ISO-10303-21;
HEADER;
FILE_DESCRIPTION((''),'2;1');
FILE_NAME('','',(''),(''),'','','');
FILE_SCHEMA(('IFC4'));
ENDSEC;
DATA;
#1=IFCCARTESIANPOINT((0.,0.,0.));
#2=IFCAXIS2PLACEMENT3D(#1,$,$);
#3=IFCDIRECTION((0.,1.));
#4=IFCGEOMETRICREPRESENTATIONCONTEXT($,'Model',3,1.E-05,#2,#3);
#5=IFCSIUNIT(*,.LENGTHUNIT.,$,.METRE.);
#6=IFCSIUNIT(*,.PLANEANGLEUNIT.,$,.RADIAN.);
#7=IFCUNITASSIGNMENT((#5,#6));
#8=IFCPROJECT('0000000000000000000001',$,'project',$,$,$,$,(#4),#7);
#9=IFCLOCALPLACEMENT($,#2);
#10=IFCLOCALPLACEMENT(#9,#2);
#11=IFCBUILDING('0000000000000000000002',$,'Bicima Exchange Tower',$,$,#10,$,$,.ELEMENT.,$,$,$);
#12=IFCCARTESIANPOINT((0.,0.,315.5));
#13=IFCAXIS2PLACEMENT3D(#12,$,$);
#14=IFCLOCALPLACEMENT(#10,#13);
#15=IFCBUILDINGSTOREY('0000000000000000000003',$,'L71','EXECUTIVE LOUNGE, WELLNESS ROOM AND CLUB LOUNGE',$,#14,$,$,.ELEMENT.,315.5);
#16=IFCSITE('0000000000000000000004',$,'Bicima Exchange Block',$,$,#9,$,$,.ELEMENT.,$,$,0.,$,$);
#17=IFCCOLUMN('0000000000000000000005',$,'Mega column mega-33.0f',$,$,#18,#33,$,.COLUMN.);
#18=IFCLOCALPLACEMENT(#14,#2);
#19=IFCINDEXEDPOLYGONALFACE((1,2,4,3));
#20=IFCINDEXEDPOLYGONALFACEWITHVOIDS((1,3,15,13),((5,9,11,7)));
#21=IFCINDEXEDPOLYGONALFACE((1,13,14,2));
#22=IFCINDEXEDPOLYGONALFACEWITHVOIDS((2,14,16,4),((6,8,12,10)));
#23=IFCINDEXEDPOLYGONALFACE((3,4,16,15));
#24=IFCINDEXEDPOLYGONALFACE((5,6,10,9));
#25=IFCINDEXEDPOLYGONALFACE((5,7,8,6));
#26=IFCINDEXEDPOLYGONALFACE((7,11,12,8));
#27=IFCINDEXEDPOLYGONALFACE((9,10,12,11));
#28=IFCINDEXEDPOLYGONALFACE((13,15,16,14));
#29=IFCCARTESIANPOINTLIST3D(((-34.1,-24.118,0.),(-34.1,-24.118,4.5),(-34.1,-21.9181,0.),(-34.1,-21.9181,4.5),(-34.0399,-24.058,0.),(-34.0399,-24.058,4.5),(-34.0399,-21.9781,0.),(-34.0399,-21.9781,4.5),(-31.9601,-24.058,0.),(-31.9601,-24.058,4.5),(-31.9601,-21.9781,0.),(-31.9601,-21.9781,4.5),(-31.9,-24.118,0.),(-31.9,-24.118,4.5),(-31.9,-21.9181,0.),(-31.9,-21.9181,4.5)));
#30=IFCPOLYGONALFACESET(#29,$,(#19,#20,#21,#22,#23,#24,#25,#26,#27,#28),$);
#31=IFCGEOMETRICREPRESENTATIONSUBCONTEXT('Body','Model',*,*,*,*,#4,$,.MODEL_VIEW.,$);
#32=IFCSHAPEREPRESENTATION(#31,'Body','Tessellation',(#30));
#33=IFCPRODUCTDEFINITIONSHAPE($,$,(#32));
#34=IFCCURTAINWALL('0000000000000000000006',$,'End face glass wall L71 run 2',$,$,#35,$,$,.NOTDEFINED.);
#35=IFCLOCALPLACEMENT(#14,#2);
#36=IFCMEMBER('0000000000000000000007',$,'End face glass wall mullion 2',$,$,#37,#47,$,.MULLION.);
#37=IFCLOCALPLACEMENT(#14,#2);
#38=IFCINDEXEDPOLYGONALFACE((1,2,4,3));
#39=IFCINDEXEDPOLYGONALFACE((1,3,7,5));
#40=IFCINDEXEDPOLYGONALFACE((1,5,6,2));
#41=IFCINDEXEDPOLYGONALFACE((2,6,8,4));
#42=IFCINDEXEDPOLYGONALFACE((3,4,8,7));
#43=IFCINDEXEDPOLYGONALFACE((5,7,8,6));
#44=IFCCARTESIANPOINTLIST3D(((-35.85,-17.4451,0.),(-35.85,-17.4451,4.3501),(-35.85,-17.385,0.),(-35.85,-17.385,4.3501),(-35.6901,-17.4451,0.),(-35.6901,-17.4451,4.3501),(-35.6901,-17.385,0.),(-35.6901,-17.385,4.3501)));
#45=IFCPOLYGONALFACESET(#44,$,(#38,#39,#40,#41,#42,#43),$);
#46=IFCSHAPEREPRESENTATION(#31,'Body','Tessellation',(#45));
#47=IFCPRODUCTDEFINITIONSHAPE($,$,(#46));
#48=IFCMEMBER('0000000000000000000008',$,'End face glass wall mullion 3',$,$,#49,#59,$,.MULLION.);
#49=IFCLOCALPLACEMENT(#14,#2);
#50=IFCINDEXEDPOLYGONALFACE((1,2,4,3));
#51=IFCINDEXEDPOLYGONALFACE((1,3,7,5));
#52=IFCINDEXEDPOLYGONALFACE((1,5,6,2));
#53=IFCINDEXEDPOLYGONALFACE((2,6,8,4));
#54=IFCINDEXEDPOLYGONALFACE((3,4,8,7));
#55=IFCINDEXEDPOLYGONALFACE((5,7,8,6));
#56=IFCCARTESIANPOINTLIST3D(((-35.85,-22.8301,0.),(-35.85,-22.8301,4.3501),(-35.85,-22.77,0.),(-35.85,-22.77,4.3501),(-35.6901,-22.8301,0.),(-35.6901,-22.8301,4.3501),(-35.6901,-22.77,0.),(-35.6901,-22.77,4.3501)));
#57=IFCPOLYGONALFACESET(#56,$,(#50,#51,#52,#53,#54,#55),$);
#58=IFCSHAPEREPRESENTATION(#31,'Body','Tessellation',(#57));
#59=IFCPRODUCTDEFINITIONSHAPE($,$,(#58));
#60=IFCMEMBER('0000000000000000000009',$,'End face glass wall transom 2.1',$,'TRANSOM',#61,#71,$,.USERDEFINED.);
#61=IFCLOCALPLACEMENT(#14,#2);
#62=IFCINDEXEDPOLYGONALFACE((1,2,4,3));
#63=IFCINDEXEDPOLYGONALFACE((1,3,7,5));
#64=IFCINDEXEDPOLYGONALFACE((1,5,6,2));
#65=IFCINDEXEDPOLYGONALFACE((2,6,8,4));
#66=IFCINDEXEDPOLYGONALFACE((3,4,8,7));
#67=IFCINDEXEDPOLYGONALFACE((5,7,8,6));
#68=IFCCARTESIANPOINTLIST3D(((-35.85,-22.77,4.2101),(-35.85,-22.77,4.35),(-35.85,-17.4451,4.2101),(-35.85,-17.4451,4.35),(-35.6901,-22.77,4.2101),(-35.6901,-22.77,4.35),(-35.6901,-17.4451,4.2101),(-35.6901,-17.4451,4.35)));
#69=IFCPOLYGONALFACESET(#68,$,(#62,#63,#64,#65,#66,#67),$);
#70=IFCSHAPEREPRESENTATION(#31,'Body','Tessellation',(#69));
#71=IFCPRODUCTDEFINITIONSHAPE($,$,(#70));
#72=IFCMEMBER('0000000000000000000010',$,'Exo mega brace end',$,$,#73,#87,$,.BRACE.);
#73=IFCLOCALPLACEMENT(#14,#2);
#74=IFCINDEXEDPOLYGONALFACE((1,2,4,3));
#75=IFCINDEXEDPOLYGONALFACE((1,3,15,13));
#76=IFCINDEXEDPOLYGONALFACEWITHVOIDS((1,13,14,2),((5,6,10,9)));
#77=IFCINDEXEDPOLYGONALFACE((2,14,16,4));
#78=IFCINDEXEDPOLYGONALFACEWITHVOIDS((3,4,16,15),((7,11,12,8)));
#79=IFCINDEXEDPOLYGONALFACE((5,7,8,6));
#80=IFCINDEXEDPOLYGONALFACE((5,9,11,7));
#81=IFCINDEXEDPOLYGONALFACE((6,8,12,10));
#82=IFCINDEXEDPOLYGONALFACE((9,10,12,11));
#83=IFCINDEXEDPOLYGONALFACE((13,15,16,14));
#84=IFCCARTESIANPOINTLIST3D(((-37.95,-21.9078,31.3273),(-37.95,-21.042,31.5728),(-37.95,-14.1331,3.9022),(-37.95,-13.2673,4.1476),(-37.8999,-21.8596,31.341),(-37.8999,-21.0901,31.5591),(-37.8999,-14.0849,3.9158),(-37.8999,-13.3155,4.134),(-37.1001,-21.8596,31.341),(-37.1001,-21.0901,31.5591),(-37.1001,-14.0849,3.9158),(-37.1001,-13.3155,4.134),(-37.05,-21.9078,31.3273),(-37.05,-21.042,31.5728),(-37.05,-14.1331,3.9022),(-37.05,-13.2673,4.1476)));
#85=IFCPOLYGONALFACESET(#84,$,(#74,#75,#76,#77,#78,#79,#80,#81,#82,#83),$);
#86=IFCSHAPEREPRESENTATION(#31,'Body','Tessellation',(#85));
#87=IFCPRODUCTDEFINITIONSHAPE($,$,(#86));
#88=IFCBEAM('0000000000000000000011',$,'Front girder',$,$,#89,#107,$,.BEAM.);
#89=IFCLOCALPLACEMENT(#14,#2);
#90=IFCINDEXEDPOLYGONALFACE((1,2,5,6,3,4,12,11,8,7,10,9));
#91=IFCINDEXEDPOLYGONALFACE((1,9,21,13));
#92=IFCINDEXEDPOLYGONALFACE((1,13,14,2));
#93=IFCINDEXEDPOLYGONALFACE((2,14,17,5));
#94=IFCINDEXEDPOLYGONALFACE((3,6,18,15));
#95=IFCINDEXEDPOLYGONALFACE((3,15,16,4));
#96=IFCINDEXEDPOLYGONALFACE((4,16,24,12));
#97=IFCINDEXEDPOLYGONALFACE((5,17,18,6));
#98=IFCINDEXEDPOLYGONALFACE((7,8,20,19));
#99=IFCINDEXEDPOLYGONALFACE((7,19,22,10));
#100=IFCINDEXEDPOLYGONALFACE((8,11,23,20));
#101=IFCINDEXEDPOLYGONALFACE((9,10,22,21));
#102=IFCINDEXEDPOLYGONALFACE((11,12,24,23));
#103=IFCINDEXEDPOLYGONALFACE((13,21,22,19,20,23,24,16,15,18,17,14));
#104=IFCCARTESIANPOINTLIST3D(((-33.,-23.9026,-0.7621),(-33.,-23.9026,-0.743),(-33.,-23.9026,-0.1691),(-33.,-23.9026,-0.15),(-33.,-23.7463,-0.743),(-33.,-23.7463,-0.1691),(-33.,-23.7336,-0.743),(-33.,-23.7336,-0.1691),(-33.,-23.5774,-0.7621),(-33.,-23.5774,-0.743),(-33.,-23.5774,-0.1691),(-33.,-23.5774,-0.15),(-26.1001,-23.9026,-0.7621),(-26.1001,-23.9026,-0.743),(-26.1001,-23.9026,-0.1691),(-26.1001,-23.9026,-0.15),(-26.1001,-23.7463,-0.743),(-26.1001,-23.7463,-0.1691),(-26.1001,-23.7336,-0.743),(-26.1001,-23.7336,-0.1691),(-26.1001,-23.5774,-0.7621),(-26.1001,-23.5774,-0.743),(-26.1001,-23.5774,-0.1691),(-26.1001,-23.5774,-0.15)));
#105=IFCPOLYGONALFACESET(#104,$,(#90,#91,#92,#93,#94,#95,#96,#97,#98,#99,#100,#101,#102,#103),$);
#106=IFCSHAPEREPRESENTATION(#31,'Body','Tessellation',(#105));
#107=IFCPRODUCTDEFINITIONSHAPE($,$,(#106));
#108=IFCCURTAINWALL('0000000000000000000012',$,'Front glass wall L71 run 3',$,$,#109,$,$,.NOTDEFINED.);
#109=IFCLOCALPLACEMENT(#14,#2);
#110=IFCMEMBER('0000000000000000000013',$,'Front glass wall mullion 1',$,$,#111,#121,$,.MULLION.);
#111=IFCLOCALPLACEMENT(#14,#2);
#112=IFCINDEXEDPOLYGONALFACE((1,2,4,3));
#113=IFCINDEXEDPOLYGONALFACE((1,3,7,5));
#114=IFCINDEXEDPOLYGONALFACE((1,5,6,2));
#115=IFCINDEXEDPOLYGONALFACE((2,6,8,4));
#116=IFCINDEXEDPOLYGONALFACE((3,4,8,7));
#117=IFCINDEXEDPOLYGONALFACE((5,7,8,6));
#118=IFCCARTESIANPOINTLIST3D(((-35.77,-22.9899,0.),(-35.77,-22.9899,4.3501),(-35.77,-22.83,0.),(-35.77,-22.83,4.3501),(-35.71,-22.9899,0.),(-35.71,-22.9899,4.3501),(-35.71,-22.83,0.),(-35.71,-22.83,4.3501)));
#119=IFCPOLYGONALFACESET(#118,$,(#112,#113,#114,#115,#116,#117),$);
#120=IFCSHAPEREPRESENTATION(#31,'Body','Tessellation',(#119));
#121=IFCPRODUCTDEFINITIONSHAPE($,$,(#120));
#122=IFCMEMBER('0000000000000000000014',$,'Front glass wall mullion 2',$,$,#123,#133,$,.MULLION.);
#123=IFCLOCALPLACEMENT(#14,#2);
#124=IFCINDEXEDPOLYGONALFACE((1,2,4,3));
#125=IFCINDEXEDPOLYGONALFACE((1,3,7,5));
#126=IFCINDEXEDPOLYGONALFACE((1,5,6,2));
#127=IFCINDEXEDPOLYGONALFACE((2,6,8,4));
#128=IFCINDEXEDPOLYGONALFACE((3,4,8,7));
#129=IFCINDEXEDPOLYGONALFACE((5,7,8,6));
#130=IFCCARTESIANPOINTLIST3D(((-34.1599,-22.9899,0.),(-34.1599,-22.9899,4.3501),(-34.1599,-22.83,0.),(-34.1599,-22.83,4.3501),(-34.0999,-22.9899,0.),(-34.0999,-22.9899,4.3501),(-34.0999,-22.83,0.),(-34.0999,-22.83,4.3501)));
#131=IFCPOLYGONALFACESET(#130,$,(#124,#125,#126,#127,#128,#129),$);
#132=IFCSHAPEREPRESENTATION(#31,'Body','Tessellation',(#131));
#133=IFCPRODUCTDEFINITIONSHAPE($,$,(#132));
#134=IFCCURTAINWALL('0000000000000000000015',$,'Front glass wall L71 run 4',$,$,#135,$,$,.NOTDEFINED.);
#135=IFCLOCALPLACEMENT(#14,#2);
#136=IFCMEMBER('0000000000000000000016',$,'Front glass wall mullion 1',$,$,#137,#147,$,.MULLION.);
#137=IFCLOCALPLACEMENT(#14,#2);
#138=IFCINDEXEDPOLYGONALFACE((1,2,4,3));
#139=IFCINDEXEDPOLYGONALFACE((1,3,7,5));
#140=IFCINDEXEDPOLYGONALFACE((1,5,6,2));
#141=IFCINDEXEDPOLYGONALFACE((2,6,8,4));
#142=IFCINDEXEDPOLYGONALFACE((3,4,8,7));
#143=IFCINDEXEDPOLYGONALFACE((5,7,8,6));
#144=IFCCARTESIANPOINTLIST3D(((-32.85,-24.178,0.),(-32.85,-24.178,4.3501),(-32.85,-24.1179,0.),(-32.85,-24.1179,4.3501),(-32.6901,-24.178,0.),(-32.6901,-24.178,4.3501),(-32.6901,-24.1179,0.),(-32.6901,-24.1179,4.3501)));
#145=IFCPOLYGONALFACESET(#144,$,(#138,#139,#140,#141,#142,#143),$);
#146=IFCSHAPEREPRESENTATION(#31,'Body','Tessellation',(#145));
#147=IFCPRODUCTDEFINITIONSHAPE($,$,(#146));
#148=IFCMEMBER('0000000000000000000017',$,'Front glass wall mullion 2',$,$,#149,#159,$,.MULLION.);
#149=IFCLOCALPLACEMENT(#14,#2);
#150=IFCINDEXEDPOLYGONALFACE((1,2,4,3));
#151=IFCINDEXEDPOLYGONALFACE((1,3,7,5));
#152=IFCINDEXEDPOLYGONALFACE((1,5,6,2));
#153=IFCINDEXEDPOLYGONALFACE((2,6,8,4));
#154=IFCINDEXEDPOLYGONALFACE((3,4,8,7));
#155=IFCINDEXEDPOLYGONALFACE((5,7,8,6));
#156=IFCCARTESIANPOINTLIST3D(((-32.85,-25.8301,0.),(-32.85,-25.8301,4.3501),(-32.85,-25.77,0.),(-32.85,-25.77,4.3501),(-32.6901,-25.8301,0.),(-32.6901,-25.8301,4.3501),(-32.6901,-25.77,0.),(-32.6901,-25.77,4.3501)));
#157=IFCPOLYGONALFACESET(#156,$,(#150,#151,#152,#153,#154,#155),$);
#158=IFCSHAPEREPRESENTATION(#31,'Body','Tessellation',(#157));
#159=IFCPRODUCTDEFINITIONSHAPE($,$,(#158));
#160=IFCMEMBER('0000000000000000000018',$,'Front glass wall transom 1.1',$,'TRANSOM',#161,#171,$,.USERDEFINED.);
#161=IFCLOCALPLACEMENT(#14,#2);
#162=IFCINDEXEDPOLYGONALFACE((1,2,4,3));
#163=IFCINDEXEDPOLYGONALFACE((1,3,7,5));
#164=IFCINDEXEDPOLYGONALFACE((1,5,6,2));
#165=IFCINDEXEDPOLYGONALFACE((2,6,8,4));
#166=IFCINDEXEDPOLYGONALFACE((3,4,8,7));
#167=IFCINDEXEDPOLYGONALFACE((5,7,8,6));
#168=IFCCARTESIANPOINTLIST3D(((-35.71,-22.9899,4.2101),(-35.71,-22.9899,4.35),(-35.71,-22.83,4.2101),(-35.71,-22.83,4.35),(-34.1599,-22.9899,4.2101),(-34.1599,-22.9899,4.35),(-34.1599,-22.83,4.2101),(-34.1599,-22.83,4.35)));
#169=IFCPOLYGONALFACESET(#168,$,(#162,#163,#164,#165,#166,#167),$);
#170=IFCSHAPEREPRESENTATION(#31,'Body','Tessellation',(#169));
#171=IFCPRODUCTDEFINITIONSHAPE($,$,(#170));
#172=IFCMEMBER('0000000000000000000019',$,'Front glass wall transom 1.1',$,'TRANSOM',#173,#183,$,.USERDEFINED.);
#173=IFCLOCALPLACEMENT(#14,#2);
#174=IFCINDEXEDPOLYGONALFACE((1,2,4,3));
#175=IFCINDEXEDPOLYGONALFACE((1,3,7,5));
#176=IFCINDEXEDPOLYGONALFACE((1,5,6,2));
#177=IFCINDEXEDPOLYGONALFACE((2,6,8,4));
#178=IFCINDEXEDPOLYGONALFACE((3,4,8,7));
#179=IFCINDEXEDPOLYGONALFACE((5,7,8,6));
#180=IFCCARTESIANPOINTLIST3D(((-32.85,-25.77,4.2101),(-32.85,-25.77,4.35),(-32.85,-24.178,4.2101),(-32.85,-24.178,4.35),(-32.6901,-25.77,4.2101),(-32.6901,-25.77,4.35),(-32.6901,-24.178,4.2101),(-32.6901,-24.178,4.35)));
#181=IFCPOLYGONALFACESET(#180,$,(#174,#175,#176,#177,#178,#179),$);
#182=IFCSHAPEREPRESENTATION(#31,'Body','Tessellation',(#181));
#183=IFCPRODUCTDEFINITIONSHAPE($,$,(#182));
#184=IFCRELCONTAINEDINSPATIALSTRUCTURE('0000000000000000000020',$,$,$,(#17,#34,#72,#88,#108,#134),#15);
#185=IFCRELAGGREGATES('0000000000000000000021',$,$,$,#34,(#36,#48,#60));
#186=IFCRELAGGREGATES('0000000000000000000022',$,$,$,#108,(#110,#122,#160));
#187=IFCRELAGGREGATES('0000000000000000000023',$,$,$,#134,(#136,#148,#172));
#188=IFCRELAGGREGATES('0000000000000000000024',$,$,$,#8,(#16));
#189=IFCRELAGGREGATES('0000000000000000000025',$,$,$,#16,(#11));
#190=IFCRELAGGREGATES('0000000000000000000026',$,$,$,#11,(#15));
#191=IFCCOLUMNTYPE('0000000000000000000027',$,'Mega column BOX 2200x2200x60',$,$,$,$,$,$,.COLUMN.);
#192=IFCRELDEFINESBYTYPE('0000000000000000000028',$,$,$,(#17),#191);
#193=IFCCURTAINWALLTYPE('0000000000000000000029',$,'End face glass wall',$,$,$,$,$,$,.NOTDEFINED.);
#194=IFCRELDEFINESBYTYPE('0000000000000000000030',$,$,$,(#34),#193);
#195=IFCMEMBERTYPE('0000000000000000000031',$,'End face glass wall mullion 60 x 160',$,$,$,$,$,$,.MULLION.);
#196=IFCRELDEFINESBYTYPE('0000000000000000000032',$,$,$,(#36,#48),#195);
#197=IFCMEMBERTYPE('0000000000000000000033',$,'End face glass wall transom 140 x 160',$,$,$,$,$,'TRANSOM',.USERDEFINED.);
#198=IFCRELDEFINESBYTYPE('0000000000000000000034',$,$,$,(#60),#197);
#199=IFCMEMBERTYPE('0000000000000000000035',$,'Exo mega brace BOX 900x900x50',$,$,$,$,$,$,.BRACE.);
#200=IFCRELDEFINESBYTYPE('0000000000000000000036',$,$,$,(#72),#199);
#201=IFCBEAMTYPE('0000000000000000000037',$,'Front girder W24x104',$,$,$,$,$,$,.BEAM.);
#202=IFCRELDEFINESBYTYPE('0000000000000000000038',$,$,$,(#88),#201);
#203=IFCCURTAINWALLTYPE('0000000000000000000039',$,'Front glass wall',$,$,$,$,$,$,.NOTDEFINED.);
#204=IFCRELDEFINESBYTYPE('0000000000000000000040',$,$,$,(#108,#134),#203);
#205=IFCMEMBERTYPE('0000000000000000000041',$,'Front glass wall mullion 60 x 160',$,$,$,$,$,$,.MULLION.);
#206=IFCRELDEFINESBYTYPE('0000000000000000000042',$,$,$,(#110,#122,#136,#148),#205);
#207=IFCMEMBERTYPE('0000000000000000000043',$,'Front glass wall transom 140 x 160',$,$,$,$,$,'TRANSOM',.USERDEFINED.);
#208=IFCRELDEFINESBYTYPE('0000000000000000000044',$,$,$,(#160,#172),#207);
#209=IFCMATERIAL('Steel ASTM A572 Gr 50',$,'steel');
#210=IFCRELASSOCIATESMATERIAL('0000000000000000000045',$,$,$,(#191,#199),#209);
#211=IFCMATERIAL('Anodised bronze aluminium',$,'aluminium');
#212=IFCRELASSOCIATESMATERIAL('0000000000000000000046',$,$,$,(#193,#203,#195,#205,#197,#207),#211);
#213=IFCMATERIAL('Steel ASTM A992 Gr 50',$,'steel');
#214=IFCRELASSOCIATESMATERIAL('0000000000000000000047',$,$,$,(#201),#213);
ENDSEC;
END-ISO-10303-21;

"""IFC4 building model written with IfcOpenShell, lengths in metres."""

from ifc_helpers import new_model, si_unit, direction, frame, origin, origin_2d, place, context, subcontext, project, spatial, rectangle, hollow_rectangle, i_section, extrude, material, material_profile, profile_set, type_object, element, aggregate, save


model = new_model("IFC4")

# Units and contexts
model_context = context("Model", 3, precision=1e-05, world=origin(), true_north=direction((0.0, 1.0)))
body_context = subcontext(model_context, "Body", "Model", "MODEL_VIEW")
ifc_project = project(units=[si_unit("LENGTHUNIT", "METRE"), si_unit("PLANEANGLEUNIT", "RADIAN")], contexts=[model_context])

# Site, building, storey
site_placement = place(None, origin())
site = spatial("IfcSite", under=ifc_project, at=site_placement, Name="Bicima Exchange Block", CompositionType="ELEMENT", RefElevation=0.0)
building_placement = place(site_placement, origin())
building = spatial("IfcBuilding", under=site, at=building_placement, Name="Bicima Exchange Tower", CompositionType="ELEMENT")
storey_placement = place(building_placement, frame((0.0, 0.0, 315.5)))
storey = spatial("IfcBuildingStorey", under=building, at=storey_placement, Name="L71", Description="EXECUTIVE LOUNGE, WELLNESS ROOM AND CLUB LOUNGE", CompositionType="ELEMENT", Elevation=315.5)

# Column
ifc_material_1 = material(Name="Steel ASTM A572 Gr 50", Category="steel")
ifc_material_profile_1 = material_profile(ifc_material_1, hollow_rectangle(XDim=2.2, YDim=2.2, WallThickness=0.0601, at=origin_2d()))
ifc_profile_set_1 = profile_set([ifc_material_profile_1], Name="Steel ASTM A572 Gr 50")
column_type = type_object("IfcColumnType", Name="Mega column BOX 2200x2200x60", PredefinedType="COLUMN", material=ifc_profile_set_1)
column_placement = place(storey_placement, frame((-33.0, -23.0181, 0.0), z_axis=(0.0, 0.0, 1.0), x_axis=(1.0, 0.0, 0.0)))
element("IfcColumn", 1, at=column_placement, inside=storey, type_object=column_type, Name="Mega column mega-33.0f", PredefinedType="COLUMN", context=body_context, shape_type="SweptSolid", body=[
    extrude(hollow_rectangle(XDim=2.2, YDim=2.2, WallThickness=0.0601, at=origin_2d()), origin(), (0.0, 0.0, 1.0), 4.5),
])

# Curtain wall, members
ifc_material_2 = material(Name="Anodised bronze aluminium", Category="aluminium")
curtain_wall_type_1 = type_object("IfcCurtainWallType", Name="End face glass wall", PredefinedType="NOTDEFINED", material=ifc_material_2)
curtain_wall_1_placement = place(storey_placement, origin())
curtain_wall_1 = element("IfcCurtainWall", 2, at=curtain_wall_1_placement, inside=storey, type_object=curtain_wall_type_1, Name="End face glass wall L71 run 2", PredefinedType="NOTDEFINED")
ifc_material_profile_2 = material_profile(ifc_material_2, rectangle(XDim=0.1599, YDim=0.0601, at=origin_2d()))
ifc_profile_set_2 = profile_set([ifc_material_profile_2], Name="Anodised bronze aluminium")
member_type_1 = type_object("IfcMemberType", Name="End face glass wall mullion 60 x 160", PredefinedType="MULLION", material=ifc_profile_set_2)
member_1_placement = place(storey_placement, frame((-35.77, -17.415, 0.0), z_axis=(0.0, 0.0, 1.0), x_axis=(1.0, 0.0, 0.0)))
member_1 = element("IfcMember", 3, at=member_1_placement, type_object=member_type_1, Name="End face glass wall mullion 2", PredefinedType="MULLION", context=body_context, shape_type="SweptSolid", body=[
    extrude(rectangle(XDim=0.1599, YDim=0.0601, at=origin_2d()), origin(), (0.0, 0.0, 1.0), 4.3501),
])
member_2_placement = place(storey_placement, frame((-35.77, -22.8, 0.0), z_axis=(0.0, 0.0, 1.0), x_axis=(1.0, 0.0, 0.0)))
member_2 = element("IfcMember", 4, at=member_2_placement, type_object=member_type_1, Name="End face glass wall mullion 3", PredefinedType="MULLION", context=body_context, shape_type="SweptSolid", body=[
    extrude(rectangle(XDim=0.1599, YDim=0.0601, at=origin_2d()), origin(), (0.0, 0.0, 1.0), 4.3501),
])
ifc_material_profile_3 = material_profile(ifc_material_2, rectangle(XDim=0.1599, YDim=0.1399, at=origin_2d()))
ifc_profile_set_3 = profile_set([ifc_material_profile_3], Name="Anodised bronze aluminium")
member_type_2 = type_object("IfcMemberType", Name="End face glass wall transom 140 x 160", ElementType="TRANSOM", PredefinedType="USERDEFINED", material=ifc_profile_set_3)
member_3_placement = place(storey_placement, frame((-35.77, -17.4451, 4.28), z_axis=(0.0, -1.0, 0.0), x_axis=(1.0, 0.0, 0.0)))
member_3 = element("IfcMember", 5, at=member_3_placement, type_object=member_type_2, Name="End face glass wall transom 2.1", ObjectType="TRANSOM", PredefinedType="USERDEFINED", context=body_context, shape_type="SweptSolid", body=[
    extrude(rectangle(XDim=0.1599, YDim=0.1399, at=origin_2d()), origin(), (0.0, 0.0, 1.0), 5.325),
])

# Member
ifc_material_profile_4 = material_profile(ifc_material_1, hollow_rectangle(XDim=0.8999, YDim=0.8999, WallThickness=0.05, at=origin_2d()))
ifc_profile_set_4 = profile_set([ifc_material_profile_4], Name="Steel ASTM A572 Gr 50")
member_type_3 = type_object("IfcMemberType", Name="Exo mega brace BOX 900x900x50", PredefinedType="BRACE", material=ifc_profile_set_4)
member_4_placement = place(storey_placement, frame((-37.5, -13.7002, 4.0249), z_axis=(0.0, -0.27274, 0.962088), x_axis=(1.0, 0.0, 0.0)))
element("IfcMember", 6, at=member_4_placement, inside=storey, type_object=member_type_3, Name="Exo mega brace end", PredefinedType="BRACE", context=body_context, shape_type="SweptSolid", body=[
    extrude(hollow_rectangle(XDim=0.8999, YDim=0.8999, WallThickness=0.05, at=origin_2d()), origin(), (0.0, 0.0, 1.0), 28.5059),
])

# Beam
ifc_material_3 = material(Name="Steel ASTM A992 Gr 50", Category="steel")
ifc_material_profile_5 = material_profile(ifc_material_3, i_section(OverallWidth=0.3252, OverallDepth=0.6121, WebThickness=0.0127, FlangeThickness=0.019, at=origin_2d()))
ifc_profile_set_5 = profile_set([ifc_material_profile_5], Name="Steel ASTM A992 Gr 50")
beam_type = type_object("IfcBeamType", Name="Front girder W24x104", PredefinedType="BEAM", material=ifc_profile_set_5)
beam_placement = place(storey_placement, frame((-33.0, -23.74, -0.4561), z_axis=(1.0, 0.0, 0.0), x_axis=(0.0, 1.0, 0.0)))
element("IfcBeam", 7, at=beam_placement, inside=storey, type_object=beam_type, Name="Front girder", PredefinedType="BEAM", context=body_context, shape_type="SweptSolid", body=[
    extrude(i_section(OverallWidth=0.3252, OverallDepth=0.6121, WebThickness=0.0127, FlangeThickness=0.019, at=origin_2d()), origin(), (0.0, 0.0, 1.0), 6.8999),
])

# Curtain walls, members
curtain_wall_type_2 = type_object("IfcCurtainWallType", Name="Front glass wall", PredefinedType="NOTDEFINED", material=ifc_material_2)
curtain_wall_2_placement = place(storey_placement, origin())
curtain_wall_2 = element("IfcCurtainWall", 8, at=curtain_wall_2_placement, inside=storey, type_object=curtain_wall_type_2, Name="Front glass wall L71 run 3", PredefinedType="NOTDEFINED")
member_type_4 = type_object("IfcMemberType", Name="Front glass wall mullion 60 x 160", PredefinedType="MULLION", material=ifc_profile_set_2)
member_5_placement = place(storey_placement, frame((-35.74, -22.9099, 0.0), z_axis=(0.0, 0.0, 1.0), x_axis=(0.0, 1.0, 0.0)))
member_5 = element("IfcMember", 9, at=member_5_placement, type_object=member_type_4, Name="Front glass wall mullion 1", PredefinedType="MULLION", context=body_context, shape_type="SweptSolid", body=[
    extrude(rectangle(XDim=0.1599, YDim=0.0601, at=origin_2d()), origin(), (0.0, 0.0, 1.0), 4.3501),
])
member_6_placement = place(storey_placement, frame((-34.1299, -22.9099, 0.0), z_axis=(0.0, 0.0, 1.0), x_axis=(0.0, 1.0, 0.0)))
member_6 = element("IfcMember", 10, at=member_6_placement, type_object=member_type_4, Name="Front glass wall mullion 2", PredefinedType="MULLION", context=body_context, shape_type="SweptSolid", body=[
    extrude(rectangle(XDim=0.1599, YDim=0.0601, at=origin_2d()), origin(), (0.0, 0.0, 1.0), 4.3501),
])
curtain_wall_3_placement = place(storey_placement, origin())
curtain_wall_3 = element("IfcCurtainWall", 11, at=curtain_wall_3_placement, inside=storey, type_object=curtain_wall_type_2, Name="Front glass wall L71 run 4", PredefinedType="NOTDEFINED")
member_7_placement = place(storey_placement, frame((-32.77, -24.1479, 0.0), z_axis=(0.0, 0.0, 1.0), x_axis=(1.0, 0.0, 0.0)))
member_7 = element("IfcMember", 12, at=member_7_placement, type_object=member_type_4, Name="Front glass wall mullion 1", PredefinedType="MULLION", context=body_context, shape_type="SweptSolid", body=[
    extrude(rectangle(XDim=0.1599, YDim=0.0601, at=origin_2d()), origin(), (0.0, 0.0, 1.0), 4.3501),
])
member_8_placement = place(storey_placement, frame((-32.77, -25.8, 0.0), z_axis=(0.0, 0.0, 1.0), x_axis=(1.0, 0.0, 0.0)))
member_8 = element("IfcMember", 13, at=member_8_placement, type_object=member_type_4, Name="Front glass wall mullion 2", PredefinedType="MULLION", context=body_context, shape_type="SweptSolid", body=[
    extrude(rectangle(XDim=0.1599, YDim=0.0601, at=origin_2d()), origin(), (0.0, 0.0, 1.0), 4.3501),
])

# Members
member_type_5 = type_object("IfcMemberType", Name="Front glass wall transom 140 x 160", ElementType="TRANSOM", PredefinedType="USERDEFINED", material=ifc_profile_set_3)
member_9_placement = place(storey_placement, frame((-35.71, -22.9099, 4.28), z_axis=(1.0, 0.0, 0.0), x_axis=(0.0, 1.0, 0.0)))
member_9 = element("IfcMember", 14, at=member_9_placement, type_object=member_type_5, Name="Front glass wall transom 1.1", ObjectType="TRANSOM", PredefinedType="USERDEFINED", context=body_context, shape_type="SweptSolid", body=[
    extrude(rectangle(XDim=0.1599, YDim=0.1399, at=origin_2d()), origin(), (0.0, 0.0, 1.0), 1.55),
])
member_10_placement = place(storey_placement, frame((-32.77, -24.178, 4.28), z_axis=(0.0, -1.0, 0.0), x_axis=(1.0, 0.0, 0.0)))
member_10 = element("IfcMember", 15, at=member_10_placement, type_object=member_type_5, Name="Front glass wall transom 1.1", ObjectType="TRANSOM", PredefinedType="USERDEFINED", context=body_context, shape_type="SweptSolid", body=[
    extrude(rectangle(XDim=0.1599, YDim=0.1399, at=origin_2d()), origin(), (0.0, 0.0, 1.0), 1.592),
])

aggregate(curtain_wall_1, [member_1, member_2, member_3])
aggregate(curtain_wall_2, [member_5, member_6, member_9])
aggregate(curtain_wall_3, [member_7, member_8, member_10])

save(model, "model.ifc")
